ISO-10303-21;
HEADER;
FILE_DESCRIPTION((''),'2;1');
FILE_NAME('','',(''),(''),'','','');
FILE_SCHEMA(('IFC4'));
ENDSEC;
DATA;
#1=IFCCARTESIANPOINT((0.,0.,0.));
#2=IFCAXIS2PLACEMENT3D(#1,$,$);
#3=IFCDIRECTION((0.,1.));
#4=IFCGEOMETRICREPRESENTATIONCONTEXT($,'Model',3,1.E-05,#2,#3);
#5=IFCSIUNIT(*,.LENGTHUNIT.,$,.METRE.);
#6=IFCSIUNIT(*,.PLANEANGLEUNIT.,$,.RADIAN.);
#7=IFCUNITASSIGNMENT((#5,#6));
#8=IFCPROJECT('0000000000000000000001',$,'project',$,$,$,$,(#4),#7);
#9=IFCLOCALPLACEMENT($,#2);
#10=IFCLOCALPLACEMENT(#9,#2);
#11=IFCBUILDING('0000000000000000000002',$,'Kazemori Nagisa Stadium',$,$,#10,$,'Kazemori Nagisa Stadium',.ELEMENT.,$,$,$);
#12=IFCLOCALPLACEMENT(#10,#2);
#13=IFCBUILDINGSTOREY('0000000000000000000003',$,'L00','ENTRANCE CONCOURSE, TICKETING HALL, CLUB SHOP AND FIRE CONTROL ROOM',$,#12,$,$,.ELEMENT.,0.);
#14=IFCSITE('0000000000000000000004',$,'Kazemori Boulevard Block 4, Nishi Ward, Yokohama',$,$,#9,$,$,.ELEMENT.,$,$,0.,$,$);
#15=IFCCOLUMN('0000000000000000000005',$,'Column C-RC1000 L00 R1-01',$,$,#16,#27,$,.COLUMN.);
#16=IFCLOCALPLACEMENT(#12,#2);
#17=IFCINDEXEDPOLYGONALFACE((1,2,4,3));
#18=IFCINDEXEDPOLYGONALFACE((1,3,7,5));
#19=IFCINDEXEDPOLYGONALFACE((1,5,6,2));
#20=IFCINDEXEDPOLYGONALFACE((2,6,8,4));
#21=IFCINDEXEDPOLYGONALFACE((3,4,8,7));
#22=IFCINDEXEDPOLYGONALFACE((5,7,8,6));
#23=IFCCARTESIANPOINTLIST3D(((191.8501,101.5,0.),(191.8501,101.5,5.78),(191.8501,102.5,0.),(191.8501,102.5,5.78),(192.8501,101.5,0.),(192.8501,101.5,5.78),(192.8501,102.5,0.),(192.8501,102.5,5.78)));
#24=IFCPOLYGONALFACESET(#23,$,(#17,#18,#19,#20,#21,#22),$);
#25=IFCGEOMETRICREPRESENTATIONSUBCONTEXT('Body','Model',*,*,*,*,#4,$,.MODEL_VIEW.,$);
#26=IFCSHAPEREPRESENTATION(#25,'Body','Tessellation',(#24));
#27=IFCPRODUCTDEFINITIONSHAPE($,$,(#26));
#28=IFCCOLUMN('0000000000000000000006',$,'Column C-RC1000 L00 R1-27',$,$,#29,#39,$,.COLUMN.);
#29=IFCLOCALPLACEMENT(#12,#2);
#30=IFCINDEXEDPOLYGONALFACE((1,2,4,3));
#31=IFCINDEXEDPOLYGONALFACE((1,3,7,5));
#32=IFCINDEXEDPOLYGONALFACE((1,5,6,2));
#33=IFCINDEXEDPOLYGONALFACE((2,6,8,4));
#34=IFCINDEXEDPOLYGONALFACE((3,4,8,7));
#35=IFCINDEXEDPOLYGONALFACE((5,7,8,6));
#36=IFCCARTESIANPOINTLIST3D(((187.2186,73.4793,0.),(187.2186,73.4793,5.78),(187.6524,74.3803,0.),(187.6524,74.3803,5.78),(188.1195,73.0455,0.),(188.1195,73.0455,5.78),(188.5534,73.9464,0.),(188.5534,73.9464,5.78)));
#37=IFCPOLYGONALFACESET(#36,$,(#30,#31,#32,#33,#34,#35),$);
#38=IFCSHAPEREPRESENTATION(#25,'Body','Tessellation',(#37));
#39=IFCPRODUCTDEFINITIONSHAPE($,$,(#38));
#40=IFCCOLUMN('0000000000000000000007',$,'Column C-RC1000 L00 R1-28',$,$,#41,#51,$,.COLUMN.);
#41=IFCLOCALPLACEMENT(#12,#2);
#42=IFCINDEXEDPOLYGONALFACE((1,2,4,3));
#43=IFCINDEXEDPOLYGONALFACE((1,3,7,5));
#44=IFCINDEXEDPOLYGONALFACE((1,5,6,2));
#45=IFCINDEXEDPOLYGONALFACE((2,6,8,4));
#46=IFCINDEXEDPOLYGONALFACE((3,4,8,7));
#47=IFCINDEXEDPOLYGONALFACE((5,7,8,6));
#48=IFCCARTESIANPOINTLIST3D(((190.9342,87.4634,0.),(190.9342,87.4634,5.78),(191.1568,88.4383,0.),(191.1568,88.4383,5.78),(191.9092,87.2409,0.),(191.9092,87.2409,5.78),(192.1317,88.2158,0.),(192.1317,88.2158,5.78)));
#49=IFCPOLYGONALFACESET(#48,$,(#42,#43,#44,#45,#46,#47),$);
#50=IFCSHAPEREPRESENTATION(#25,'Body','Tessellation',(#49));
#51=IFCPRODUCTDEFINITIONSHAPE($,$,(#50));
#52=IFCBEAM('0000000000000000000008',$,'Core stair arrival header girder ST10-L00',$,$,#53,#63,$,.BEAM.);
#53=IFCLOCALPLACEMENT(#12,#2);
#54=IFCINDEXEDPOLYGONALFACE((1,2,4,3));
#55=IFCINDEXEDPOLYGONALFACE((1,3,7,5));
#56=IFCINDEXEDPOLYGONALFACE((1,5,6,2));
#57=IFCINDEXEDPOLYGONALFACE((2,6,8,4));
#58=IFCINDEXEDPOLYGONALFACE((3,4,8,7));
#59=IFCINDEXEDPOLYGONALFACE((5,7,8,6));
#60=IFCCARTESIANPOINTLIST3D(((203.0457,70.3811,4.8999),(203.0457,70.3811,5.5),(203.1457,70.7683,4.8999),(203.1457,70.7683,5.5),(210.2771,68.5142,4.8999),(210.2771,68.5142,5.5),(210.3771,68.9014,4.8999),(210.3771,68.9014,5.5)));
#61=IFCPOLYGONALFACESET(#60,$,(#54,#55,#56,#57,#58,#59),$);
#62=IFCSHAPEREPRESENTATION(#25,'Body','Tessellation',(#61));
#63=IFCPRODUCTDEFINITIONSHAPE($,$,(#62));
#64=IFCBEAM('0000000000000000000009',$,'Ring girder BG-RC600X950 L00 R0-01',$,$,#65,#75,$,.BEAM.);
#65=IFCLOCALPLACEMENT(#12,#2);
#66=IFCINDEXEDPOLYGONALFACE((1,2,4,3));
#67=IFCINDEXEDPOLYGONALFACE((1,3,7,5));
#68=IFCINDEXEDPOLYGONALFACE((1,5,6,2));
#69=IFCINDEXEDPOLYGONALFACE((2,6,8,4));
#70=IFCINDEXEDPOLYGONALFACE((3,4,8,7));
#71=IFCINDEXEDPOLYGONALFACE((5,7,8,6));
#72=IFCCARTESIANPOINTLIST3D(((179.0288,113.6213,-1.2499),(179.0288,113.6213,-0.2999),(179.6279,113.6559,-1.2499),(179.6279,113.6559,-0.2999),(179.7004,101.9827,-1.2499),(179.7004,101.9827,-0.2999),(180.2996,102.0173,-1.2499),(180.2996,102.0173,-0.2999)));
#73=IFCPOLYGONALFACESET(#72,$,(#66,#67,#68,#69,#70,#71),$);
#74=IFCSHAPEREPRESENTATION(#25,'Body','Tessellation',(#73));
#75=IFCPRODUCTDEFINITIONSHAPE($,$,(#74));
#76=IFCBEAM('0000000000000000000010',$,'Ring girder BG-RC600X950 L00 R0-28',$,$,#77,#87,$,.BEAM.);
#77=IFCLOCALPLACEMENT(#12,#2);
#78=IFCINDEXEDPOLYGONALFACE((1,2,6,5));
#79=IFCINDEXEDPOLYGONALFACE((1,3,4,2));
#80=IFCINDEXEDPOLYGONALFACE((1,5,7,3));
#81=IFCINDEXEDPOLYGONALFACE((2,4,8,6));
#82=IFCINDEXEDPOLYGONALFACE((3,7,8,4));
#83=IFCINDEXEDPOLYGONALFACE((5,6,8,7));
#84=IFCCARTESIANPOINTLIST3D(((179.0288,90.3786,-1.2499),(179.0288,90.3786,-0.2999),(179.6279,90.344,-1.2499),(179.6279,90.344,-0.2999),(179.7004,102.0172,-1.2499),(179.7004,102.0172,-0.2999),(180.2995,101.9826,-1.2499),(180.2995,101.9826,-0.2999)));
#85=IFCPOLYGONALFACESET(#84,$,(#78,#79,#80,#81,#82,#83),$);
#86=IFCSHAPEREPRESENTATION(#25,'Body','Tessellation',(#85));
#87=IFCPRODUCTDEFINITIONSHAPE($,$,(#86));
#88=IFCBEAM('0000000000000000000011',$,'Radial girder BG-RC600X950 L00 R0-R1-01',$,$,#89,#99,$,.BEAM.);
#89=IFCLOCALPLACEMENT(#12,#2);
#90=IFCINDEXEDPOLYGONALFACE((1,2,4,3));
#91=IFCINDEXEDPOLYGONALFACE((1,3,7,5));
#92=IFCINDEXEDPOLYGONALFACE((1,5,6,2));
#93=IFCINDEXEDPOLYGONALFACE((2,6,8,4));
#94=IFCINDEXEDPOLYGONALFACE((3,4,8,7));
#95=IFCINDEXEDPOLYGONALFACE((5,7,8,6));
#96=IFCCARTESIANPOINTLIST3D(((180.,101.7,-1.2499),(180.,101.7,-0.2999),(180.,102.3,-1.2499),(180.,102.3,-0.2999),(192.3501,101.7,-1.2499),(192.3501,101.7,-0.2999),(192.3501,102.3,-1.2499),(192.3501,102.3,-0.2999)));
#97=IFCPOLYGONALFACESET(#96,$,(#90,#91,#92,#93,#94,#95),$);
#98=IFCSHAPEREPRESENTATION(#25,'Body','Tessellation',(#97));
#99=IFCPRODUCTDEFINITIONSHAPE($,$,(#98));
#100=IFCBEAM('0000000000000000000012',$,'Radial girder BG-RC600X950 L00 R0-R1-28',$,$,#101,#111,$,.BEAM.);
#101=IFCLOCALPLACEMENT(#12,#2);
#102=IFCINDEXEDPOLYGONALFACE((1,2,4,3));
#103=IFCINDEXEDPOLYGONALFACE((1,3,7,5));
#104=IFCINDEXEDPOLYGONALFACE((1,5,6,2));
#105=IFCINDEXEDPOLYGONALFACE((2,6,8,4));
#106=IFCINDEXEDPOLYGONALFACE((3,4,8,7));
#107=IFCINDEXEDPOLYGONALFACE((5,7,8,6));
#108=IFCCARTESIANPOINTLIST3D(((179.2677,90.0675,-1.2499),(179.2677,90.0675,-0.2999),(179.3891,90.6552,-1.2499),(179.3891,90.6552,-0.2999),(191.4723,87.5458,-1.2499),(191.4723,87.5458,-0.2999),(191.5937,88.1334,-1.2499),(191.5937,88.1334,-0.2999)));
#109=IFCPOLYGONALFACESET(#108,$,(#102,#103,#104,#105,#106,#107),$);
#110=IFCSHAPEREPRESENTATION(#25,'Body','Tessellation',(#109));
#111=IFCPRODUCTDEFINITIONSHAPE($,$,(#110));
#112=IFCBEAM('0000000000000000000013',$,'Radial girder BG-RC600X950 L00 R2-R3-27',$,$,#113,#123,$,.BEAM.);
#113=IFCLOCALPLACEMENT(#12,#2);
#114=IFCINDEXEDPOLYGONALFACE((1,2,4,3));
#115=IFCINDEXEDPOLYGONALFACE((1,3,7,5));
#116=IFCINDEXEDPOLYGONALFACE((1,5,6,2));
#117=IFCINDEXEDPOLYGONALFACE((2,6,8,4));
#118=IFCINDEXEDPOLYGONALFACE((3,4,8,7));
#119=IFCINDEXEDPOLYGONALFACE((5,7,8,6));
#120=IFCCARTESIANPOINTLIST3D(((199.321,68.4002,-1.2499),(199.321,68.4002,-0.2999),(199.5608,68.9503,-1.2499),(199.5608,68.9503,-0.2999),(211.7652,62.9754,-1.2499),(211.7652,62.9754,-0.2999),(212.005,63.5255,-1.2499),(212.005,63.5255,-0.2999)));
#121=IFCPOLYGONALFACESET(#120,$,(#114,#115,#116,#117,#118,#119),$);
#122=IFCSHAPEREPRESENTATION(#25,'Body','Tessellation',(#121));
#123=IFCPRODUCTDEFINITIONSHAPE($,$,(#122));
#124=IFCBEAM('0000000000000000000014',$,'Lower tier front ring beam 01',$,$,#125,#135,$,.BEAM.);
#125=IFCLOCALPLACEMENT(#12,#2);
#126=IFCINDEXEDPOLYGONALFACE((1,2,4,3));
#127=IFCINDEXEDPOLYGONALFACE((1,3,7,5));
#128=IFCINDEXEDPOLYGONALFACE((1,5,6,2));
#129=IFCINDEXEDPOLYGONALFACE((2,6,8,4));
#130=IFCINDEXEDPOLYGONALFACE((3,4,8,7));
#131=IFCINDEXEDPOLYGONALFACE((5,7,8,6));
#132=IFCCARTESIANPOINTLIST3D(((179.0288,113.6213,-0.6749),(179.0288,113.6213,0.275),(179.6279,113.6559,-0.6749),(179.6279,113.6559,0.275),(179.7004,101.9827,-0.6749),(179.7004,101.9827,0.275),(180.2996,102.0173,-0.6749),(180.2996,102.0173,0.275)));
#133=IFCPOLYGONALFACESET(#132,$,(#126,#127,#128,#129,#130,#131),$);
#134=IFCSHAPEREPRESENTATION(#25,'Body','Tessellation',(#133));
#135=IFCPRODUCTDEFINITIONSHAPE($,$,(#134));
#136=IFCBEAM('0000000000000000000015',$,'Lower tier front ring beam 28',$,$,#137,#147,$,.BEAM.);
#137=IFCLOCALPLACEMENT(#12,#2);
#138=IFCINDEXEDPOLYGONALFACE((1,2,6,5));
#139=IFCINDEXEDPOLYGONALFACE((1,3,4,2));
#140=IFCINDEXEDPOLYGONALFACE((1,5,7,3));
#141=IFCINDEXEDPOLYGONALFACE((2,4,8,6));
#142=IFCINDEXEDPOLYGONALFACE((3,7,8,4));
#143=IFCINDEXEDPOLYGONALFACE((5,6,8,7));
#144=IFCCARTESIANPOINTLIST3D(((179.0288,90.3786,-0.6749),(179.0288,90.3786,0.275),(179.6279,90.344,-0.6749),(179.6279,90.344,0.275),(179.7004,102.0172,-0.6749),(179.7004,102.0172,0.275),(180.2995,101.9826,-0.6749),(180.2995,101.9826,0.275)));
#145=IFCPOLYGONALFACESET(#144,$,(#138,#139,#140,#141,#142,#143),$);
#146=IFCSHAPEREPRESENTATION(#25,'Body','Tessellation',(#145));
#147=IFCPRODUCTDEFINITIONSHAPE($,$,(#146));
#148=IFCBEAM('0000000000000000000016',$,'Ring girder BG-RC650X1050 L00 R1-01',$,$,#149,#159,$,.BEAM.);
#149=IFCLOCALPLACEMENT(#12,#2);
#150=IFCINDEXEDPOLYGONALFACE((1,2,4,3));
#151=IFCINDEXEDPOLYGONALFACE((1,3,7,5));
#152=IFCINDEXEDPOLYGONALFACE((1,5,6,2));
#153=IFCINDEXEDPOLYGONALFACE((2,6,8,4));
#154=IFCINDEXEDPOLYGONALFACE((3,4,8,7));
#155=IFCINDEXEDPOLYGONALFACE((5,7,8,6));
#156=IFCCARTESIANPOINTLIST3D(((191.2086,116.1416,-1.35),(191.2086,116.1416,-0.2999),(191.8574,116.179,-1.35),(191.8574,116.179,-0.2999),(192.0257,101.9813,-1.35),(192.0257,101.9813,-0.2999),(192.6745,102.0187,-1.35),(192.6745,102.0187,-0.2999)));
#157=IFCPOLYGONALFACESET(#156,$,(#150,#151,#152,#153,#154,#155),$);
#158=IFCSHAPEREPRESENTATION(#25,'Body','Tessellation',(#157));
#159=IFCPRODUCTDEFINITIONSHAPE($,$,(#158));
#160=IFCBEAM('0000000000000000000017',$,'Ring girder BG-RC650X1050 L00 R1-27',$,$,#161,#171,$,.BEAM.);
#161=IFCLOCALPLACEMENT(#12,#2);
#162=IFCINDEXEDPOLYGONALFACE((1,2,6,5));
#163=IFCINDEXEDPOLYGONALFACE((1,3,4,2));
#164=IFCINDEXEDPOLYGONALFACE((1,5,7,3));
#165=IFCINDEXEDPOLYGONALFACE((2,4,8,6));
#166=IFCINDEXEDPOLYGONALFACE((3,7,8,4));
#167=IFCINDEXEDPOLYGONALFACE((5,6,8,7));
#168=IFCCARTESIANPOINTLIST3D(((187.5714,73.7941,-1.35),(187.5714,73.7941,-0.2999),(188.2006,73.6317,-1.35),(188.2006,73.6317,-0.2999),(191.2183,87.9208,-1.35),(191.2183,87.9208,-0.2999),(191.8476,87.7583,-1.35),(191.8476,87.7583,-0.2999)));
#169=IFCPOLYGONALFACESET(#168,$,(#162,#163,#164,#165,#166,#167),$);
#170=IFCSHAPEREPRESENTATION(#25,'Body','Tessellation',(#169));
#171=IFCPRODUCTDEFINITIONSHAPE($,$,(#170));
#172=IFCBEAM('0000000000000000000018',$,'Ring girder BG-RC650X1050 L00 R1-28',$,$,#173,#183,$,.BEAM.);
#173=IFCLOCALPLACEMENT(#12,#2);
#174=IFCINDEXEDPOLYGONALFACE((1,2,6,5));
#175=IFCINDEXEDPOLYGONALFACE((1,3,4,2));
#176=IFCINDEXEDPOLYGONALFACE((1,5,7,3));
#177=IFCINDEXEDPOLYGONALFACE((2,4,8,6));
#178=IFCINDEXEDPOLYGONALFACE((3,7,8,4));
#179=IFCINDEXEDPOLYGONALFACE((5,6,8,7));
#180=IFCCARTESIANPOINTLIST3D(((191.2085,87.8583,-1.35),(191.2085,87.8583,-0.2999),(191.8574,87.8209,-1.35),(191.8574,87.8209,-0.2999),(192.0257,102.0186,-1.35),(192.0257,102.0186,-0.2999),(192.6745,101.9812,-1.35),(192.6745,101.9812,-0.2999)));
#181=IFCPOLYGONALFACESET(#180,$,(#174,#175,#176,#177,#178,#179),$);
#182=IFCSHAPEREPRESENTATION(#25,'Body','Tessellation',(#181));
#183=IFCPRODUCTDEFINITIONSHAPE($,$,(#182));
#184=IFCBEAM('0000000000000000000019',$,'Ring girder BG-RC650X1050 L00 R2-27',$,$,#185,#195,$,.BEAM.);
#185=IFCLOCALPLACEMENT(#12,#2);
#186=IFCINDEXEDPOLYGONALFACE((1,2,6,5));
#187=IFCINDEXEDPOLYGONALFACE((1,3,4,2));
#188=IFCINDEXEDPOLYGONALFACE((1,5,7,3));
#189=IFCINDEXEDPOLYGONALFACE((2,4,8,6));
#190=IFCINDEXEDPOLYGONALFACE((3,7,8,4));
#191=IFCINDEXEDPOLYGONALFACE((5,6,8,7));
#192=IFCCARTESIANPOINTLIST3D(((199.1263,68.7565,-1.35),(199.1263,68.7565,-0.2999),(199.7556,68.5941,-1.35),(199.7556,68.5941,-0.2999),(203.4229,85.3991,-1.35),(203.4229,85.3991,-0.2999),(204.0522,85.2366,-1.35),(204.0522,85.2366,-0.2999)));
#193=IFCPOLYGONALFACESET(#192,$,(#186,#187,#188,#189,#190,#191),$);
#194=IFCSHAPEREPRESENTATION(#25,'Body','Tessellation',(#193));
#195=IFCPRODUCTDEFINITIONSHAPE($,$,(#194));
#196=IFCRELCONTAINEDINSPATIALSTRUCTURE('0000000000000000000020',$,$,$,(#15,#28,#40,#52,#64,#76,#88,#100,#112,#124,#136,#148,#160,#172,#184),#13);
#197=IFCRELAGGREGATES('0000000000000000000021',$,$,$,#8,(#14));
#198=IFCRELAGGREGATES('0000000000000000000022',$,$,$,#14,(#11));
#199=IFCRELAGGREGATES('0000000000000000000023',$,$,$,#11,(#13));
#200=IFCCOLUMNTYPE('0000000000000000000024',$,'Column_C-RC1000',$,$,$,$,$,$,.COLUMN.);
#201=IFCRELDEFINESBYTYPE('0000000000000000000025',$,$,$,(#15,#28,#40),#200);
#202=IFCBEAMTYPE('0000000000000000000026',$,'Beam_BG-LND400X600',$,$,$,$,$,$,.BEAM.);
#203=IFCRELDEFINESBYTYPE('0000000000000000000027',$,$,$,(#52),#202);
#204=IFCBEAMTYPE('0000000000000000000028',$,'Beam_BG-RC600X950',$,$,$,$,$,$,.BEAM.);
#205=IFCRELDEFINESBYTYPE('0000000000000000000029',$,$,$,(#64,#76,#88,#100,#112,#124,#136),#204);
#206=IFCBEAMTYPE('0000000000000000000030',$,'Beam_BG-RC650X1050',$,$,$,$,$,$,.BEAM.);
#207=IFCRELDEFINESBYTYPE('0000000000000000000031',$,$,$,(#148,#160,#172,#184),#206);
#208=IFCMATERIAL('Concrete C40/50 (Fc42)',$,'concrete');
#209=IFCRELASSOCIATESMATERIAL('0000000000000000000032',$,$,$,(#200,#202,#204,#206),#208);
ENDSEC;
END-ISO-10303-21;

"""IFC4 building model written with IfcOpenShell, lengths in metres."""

from ifc_helpers import new_model, si_unit, direction, frame, origin, origin_2d, place, context, subcontext, project, spatial, rectangle, extrude, material, material_profile, profile_set, type_object, element, save


model = new_model("IFC4")

# Units and contexts
model_context = context("Model", 3, precision=1e-05, world=origin(), true_north=direction((0.0, 1.0)))
body_context = subcontext(model_context, "Body", "Model", "MODEL_VIEW")
ifc_project = project(units=[si_unit("LENGTHUNIT", "METRE"), si_unit("PLANEANGLEUNIT", "RADIAN")], contexts=[model_context])

# Site, building, storey
site_placement = place(None, origin())
site = spatial("IfcSite", under=ifc_project, at=site_placement, Name="Kazemori Boulevard Block 4, Nishi Ward, Yokohama", CompositionType="ELEMENT", RefElevation=0.0)
building_placement = place(site_placement, origin())
building = spatial("IfcBuilding", under=site, at=building_placement, Name="Kazemori Nagisa Stadium", LongName="Kazemori Nagisa Stadium", CompositionType="ELEMENT")
storey_placement = place(building_placement, origin())
storey = spatial("IfcBuildingStorey", under=building, at=storey_placement, Name="L00", Description="ENTRANCE CONCOURSE, TICKETING HALL, CLUB SHOP AND FIRE CONTROL ROOM", CompositionType="ELEMENT", Elevation=0.0)

# Columns
ifc_material_1 = material(Name="Concrete C40/50 (Fc42)", Category="concrete")
ifc_material_profile_1 = material_profile(ifc_material_1, rectangle(XDim=1.0, YDim=1.0, at=origin_2d()), Name="RC-COL-1000x1000")
ifc_profile_set_1 = profile_set([ifc_material_profile_1], Name="Concrete C40/50 (Fc42)")
column_type = type_object("IfcColumnType", Name="Column_C-RC1000", PredefinedType="COLUMN", material=ifc_profile_set_1)
for number, where, z_axis, x_axis, name in (
    (1, (192.3501, 102.0, 0.0), (0.0, 0.0, 1.0), (1.0, 0.0, 0.0), "Column C-RC1000 L00 R1-01"),
    (2, (187.886, 73.7129, 0.0), (0.0, 0.0, 1.0), (0.900969, -0.433884, 0.0), "Column C-RC1000 L00 R1-27"),
    (3, (191.533, 87.8396, 0.0), (0.0, 0.0, 1.0), (0.974928, -0.222521, 0.0), "Column C-RC1000 L00 R1-28"),
):
    element("IfcColumn", number, at=place(storey_placement, frame(where, z_axis=z_axis, x_axis=x_axis)), inside=storey, type_object=column_type, Name=name, PredefinedType="COLUMN", context=body_context, shape_type="SweptSolid", body=[
        extrude(rectangle(XDim=1.0, YDim=1.0, at=origin_2d()), origin(), (0.0, 0.0, 1.0), 5.78),
    ])

# Beams
ifc_material_profile_2 = material_profile(ifc_material_1, rectangle(XDim=0.3999, YDim=0.6001, at=origin_2d()), Name="RC-BM-400x600")
ifc_profile_set_2 = profile_set([ifc_material_profile_2], Name="Concrete C40/50 (Fc42)")
beam_type_1 = type_object("IfcBeamType", Name="Beam_BG-LND400X600", PredefinedType="BEAM", material=ifc_profile_set_2)
beam_1_placement = place(storey_placement, frame((203.0957, 70.5747, 5.2), z_axis=(0.968253, -0.249974, 0.0), x_axis=(0.249974, 0.968253, 0.0)))
element("IfcBeam", 4, at=beam_1_placement, inside=storey, type_object=beam_type_1, Name="Core stair arrival header girder ST10-L00", PredefinedType="BEAM", context=body_context, shape_type="SweptSolid", body=[
    extrude(rectangle(XDim=0.3999, YDim=0.6001, at=origin_2d()), origin(), (0.0, 0.0, 1.0), 7.4685),
])
ifc_material_profile_3 = material_profile(ifc_material_1, rectangle(XDim=0.6001, YDim=0.95, at=origin_2d()), Name="RC-BM-600x950")
ifc_profile_set_3 = profile_set([ifc_material_profile_3], Name="Concrete C40/50 (Fc42)")
beam_type_2 = type_object("IfcBeamType", Name="Beam_BG-RC600X950", PredefinedType="BEAM", material=ifc_profile_set_3)
for number, where, z_axis, x_axis, name in (
    (5, (180.0, 102.0, -0.7749), (-0.057611, 0.998339, 0.0), (-0.998339, -0.057611, 0.0), "Ring girder BG-RC600X950 L00 R0-01"),
    (6, (179.3284, 90.3613, -0.7749), (0.057611, 0.998339, 0.0), (-0.998339, 0.057611, 0.0), "Ring girder BG-RC600X950 L00 R0-28"),
):
    element("IfcBeam", number, at=place(storey_placement, frame(where, z_axis=z_axis, x_axis=x_axis)), inside=storey, type_object=beam_type_2, Name=name, PredefinedType="BEAM", context=body_context, shape_type="SweptSolid", body=[
        extrude(rectangle(XDim=0.6001, YDim=0.95, at=origin_2d()), origin(), (0.0, 0.0, 1.0), 11.658),
    ])
beam_2_placement = place(storey_placement, frame((180.0, 102.0, -0.7749), z_axis=(1.0, 0.0, 0.0), x_axis=(0.0, 1.0, 0.0)))
element("IfcBeam", 7, at=beam_2_placement, inside=storey, type_object=beam_type_2, Name="Radial girder BG-RC600X950 L00 R0-R1-01", PredefinedType="BEAM", context=body_context, shape_type="SweptSolid", body=[
    extrude(rectangle(XDim=0.6001, YDim=0.95, at=origin_2d()), origin(), (0.0, 0.0, 1.0), 12.3501),
])
beam_3_placement = place(storey_placement, frame((179.3284, 90.3613, -0.7749), z_axis=(0.979314, -0.202347, 0.0), x_axis=(0.202347, 0.979314, 0.0)))
element("IfcBeam", 8, at=beam_3_placement, inside=storey, type_object=beam_type_2, Name="Radial girder BG-RC600X950 L00 R0-R1-28", PredefinedType="BEAM", context=body_context, shape_type="SweptSolid", body=[
    extrude(rectangle(XDim=0.6001, YDim=0.95, at=origin_2d()), origin(), (0.0, 0.0, 1.0), 12.4624),
])
beam_4_placement = place(storey_placement, frame((199.4409, 68.6753, -0.7749), z_axis=(0.916684, -0.399614, 0.0), x_axis=(0.399614, 0.916684, 0.0)))
element("IfcBeam", 9, at=beam_4_placement, inside=storey, type_object=beam_type_2, Name="Radial girder BG-RC600X950 L00 R2-R3-27", PredefinedType="BEAM", context=body_context, shape_type="SweptSolid", body=[
    extrude(rectangle(XDim=0.6001, YDim=0.95, at=origin_2d()), origin(), (0.0, 0.0, 1.0), 13.5752),
])
for number, where, z_axis, x_axis, name in (
    (10, (180.0, 102.0, -0.2), (-0.057611, 0.998339, 0.0), (-0.998339, -0.057611, 0.0), "Lower tier front ring beam 01"),
    (11, (179.3284, 90.3613, -0.2), (0.057611, 0.998339, 0.0), (-0.998339, 0.057611, 0.0), "Lower tier front ring beam 28"),
):
    element("IfcBeam", number, at=place(storey_placement, frame(where, z_axis=z_axis, x_axis=x_axis)), inside=storey, type_object=beam_type_2, Name=name, PredefinedType="BEAM", context=body_context, shape_type="SweptSolid", body=[
        extrude(rectangle(XDim=0.6001, YDim=0.95, at=origin_2d()), origin(), (0.0, 0.0, 1.0), 11.658),
    ])
ifc_material_profile_4 = material_profile(ifc_material_1, rectangle(XDim=0.6499, YDim=1.05, at=origin_2d()), Name="RC-BM-650x1050")
ifc_profile_set_4 = profile_set([ifc_material_profile_4], Name="Concrete C40/50 (Fc42)")
beam_type_3 = type_object("IfcBeamType", Name="Beam_BG-RC650X1050", PredefinedType="BEAM", material=ifc_profile_set_4)
beam_5_placement = place(storey_placement, frame((192.3501, 102.0, -0.825), z_axis=(-0.05761, 0.998339, 0.0), x_axis=(-0.998339, -0.05761, 0.0)))
element("IfcBeam", 12, at=beam_5_placement, inside=storey, type_object=beam_type_3, Name="Ring girder BG-RC650X1050 L00 R1-01", PredefinedType="BEAM", context=body_context, shape_type="SweptSolid", body=[
    extrude(rectangle(XDim=0.6499, YDim=1.05, at=origin_2d()), origin(), (0.0, 0.0, 1.0), 14.1838),
])
beam_6_placement = place(storey_placement, frame((187.886, 73.7129, -0.825), z_axis=(0.249966, 0.968255, 0.0), x_axis=(-0.968255, 0.249966, 0.0)))
element("IfcBeam", 13, at=beam_6_placement, inside=storey, type_object=beam_type_3, Name="Ring girder BG-RC650X1050 L00 R1-27", PredefinedType="BEAM", context=body_context, shape_type="SweptSolid", body=[
    extrude(rectangle(XDim=0.6499, YDim=1.05, at=origin_2d()), origin(), (0.0, 0.0, 1.0), 14.5898),
])
beam_7_placement = place(storey_placement, frame((191.533, 87.8396, -0.825), z_axis=(0.05761, 0.998339, 0.0), x_axis=(-0.998339, 0.05761, 0.0)))
element("IfcBeam", 14, at=beam_7_placement, inside=storey, type_object=beam_type_3, Name="Ring girder BG-RC650X1050 L00 R1-28", PredefinedType="BEAM", context=body_context, shape_type="SweptSolid", body=[
    extrude(rectangle(XDim=0.6499, YDim=1.05, at=origin_2d()), origin(), (0.0, 0.0, 1.0), 14.1838),
])
beam_8_placement = place(storey_placement, frame((199.4409, 68.6753, -0.825), z_axis=(0.249975, 0.968252, 0.0), x_axis=(-0.968252, 0.249975, 0.0)))
element("IfcBeam", 15, at=beam_8_placement, inside=storey, type_object=beam_type_3, Name="Ring girder BG-RC650X1050 L00 R2-27", PredefinedType="BEAM", context=body_context, shape_type="SweptSolid", body=[
    extrude(rectangle(XDim=0.6499, YDim=1.05, at=origin_2d()), origin(), (0.0, 0.0, 1.0), 17.1882),
])

save(model, "model.ifc")
